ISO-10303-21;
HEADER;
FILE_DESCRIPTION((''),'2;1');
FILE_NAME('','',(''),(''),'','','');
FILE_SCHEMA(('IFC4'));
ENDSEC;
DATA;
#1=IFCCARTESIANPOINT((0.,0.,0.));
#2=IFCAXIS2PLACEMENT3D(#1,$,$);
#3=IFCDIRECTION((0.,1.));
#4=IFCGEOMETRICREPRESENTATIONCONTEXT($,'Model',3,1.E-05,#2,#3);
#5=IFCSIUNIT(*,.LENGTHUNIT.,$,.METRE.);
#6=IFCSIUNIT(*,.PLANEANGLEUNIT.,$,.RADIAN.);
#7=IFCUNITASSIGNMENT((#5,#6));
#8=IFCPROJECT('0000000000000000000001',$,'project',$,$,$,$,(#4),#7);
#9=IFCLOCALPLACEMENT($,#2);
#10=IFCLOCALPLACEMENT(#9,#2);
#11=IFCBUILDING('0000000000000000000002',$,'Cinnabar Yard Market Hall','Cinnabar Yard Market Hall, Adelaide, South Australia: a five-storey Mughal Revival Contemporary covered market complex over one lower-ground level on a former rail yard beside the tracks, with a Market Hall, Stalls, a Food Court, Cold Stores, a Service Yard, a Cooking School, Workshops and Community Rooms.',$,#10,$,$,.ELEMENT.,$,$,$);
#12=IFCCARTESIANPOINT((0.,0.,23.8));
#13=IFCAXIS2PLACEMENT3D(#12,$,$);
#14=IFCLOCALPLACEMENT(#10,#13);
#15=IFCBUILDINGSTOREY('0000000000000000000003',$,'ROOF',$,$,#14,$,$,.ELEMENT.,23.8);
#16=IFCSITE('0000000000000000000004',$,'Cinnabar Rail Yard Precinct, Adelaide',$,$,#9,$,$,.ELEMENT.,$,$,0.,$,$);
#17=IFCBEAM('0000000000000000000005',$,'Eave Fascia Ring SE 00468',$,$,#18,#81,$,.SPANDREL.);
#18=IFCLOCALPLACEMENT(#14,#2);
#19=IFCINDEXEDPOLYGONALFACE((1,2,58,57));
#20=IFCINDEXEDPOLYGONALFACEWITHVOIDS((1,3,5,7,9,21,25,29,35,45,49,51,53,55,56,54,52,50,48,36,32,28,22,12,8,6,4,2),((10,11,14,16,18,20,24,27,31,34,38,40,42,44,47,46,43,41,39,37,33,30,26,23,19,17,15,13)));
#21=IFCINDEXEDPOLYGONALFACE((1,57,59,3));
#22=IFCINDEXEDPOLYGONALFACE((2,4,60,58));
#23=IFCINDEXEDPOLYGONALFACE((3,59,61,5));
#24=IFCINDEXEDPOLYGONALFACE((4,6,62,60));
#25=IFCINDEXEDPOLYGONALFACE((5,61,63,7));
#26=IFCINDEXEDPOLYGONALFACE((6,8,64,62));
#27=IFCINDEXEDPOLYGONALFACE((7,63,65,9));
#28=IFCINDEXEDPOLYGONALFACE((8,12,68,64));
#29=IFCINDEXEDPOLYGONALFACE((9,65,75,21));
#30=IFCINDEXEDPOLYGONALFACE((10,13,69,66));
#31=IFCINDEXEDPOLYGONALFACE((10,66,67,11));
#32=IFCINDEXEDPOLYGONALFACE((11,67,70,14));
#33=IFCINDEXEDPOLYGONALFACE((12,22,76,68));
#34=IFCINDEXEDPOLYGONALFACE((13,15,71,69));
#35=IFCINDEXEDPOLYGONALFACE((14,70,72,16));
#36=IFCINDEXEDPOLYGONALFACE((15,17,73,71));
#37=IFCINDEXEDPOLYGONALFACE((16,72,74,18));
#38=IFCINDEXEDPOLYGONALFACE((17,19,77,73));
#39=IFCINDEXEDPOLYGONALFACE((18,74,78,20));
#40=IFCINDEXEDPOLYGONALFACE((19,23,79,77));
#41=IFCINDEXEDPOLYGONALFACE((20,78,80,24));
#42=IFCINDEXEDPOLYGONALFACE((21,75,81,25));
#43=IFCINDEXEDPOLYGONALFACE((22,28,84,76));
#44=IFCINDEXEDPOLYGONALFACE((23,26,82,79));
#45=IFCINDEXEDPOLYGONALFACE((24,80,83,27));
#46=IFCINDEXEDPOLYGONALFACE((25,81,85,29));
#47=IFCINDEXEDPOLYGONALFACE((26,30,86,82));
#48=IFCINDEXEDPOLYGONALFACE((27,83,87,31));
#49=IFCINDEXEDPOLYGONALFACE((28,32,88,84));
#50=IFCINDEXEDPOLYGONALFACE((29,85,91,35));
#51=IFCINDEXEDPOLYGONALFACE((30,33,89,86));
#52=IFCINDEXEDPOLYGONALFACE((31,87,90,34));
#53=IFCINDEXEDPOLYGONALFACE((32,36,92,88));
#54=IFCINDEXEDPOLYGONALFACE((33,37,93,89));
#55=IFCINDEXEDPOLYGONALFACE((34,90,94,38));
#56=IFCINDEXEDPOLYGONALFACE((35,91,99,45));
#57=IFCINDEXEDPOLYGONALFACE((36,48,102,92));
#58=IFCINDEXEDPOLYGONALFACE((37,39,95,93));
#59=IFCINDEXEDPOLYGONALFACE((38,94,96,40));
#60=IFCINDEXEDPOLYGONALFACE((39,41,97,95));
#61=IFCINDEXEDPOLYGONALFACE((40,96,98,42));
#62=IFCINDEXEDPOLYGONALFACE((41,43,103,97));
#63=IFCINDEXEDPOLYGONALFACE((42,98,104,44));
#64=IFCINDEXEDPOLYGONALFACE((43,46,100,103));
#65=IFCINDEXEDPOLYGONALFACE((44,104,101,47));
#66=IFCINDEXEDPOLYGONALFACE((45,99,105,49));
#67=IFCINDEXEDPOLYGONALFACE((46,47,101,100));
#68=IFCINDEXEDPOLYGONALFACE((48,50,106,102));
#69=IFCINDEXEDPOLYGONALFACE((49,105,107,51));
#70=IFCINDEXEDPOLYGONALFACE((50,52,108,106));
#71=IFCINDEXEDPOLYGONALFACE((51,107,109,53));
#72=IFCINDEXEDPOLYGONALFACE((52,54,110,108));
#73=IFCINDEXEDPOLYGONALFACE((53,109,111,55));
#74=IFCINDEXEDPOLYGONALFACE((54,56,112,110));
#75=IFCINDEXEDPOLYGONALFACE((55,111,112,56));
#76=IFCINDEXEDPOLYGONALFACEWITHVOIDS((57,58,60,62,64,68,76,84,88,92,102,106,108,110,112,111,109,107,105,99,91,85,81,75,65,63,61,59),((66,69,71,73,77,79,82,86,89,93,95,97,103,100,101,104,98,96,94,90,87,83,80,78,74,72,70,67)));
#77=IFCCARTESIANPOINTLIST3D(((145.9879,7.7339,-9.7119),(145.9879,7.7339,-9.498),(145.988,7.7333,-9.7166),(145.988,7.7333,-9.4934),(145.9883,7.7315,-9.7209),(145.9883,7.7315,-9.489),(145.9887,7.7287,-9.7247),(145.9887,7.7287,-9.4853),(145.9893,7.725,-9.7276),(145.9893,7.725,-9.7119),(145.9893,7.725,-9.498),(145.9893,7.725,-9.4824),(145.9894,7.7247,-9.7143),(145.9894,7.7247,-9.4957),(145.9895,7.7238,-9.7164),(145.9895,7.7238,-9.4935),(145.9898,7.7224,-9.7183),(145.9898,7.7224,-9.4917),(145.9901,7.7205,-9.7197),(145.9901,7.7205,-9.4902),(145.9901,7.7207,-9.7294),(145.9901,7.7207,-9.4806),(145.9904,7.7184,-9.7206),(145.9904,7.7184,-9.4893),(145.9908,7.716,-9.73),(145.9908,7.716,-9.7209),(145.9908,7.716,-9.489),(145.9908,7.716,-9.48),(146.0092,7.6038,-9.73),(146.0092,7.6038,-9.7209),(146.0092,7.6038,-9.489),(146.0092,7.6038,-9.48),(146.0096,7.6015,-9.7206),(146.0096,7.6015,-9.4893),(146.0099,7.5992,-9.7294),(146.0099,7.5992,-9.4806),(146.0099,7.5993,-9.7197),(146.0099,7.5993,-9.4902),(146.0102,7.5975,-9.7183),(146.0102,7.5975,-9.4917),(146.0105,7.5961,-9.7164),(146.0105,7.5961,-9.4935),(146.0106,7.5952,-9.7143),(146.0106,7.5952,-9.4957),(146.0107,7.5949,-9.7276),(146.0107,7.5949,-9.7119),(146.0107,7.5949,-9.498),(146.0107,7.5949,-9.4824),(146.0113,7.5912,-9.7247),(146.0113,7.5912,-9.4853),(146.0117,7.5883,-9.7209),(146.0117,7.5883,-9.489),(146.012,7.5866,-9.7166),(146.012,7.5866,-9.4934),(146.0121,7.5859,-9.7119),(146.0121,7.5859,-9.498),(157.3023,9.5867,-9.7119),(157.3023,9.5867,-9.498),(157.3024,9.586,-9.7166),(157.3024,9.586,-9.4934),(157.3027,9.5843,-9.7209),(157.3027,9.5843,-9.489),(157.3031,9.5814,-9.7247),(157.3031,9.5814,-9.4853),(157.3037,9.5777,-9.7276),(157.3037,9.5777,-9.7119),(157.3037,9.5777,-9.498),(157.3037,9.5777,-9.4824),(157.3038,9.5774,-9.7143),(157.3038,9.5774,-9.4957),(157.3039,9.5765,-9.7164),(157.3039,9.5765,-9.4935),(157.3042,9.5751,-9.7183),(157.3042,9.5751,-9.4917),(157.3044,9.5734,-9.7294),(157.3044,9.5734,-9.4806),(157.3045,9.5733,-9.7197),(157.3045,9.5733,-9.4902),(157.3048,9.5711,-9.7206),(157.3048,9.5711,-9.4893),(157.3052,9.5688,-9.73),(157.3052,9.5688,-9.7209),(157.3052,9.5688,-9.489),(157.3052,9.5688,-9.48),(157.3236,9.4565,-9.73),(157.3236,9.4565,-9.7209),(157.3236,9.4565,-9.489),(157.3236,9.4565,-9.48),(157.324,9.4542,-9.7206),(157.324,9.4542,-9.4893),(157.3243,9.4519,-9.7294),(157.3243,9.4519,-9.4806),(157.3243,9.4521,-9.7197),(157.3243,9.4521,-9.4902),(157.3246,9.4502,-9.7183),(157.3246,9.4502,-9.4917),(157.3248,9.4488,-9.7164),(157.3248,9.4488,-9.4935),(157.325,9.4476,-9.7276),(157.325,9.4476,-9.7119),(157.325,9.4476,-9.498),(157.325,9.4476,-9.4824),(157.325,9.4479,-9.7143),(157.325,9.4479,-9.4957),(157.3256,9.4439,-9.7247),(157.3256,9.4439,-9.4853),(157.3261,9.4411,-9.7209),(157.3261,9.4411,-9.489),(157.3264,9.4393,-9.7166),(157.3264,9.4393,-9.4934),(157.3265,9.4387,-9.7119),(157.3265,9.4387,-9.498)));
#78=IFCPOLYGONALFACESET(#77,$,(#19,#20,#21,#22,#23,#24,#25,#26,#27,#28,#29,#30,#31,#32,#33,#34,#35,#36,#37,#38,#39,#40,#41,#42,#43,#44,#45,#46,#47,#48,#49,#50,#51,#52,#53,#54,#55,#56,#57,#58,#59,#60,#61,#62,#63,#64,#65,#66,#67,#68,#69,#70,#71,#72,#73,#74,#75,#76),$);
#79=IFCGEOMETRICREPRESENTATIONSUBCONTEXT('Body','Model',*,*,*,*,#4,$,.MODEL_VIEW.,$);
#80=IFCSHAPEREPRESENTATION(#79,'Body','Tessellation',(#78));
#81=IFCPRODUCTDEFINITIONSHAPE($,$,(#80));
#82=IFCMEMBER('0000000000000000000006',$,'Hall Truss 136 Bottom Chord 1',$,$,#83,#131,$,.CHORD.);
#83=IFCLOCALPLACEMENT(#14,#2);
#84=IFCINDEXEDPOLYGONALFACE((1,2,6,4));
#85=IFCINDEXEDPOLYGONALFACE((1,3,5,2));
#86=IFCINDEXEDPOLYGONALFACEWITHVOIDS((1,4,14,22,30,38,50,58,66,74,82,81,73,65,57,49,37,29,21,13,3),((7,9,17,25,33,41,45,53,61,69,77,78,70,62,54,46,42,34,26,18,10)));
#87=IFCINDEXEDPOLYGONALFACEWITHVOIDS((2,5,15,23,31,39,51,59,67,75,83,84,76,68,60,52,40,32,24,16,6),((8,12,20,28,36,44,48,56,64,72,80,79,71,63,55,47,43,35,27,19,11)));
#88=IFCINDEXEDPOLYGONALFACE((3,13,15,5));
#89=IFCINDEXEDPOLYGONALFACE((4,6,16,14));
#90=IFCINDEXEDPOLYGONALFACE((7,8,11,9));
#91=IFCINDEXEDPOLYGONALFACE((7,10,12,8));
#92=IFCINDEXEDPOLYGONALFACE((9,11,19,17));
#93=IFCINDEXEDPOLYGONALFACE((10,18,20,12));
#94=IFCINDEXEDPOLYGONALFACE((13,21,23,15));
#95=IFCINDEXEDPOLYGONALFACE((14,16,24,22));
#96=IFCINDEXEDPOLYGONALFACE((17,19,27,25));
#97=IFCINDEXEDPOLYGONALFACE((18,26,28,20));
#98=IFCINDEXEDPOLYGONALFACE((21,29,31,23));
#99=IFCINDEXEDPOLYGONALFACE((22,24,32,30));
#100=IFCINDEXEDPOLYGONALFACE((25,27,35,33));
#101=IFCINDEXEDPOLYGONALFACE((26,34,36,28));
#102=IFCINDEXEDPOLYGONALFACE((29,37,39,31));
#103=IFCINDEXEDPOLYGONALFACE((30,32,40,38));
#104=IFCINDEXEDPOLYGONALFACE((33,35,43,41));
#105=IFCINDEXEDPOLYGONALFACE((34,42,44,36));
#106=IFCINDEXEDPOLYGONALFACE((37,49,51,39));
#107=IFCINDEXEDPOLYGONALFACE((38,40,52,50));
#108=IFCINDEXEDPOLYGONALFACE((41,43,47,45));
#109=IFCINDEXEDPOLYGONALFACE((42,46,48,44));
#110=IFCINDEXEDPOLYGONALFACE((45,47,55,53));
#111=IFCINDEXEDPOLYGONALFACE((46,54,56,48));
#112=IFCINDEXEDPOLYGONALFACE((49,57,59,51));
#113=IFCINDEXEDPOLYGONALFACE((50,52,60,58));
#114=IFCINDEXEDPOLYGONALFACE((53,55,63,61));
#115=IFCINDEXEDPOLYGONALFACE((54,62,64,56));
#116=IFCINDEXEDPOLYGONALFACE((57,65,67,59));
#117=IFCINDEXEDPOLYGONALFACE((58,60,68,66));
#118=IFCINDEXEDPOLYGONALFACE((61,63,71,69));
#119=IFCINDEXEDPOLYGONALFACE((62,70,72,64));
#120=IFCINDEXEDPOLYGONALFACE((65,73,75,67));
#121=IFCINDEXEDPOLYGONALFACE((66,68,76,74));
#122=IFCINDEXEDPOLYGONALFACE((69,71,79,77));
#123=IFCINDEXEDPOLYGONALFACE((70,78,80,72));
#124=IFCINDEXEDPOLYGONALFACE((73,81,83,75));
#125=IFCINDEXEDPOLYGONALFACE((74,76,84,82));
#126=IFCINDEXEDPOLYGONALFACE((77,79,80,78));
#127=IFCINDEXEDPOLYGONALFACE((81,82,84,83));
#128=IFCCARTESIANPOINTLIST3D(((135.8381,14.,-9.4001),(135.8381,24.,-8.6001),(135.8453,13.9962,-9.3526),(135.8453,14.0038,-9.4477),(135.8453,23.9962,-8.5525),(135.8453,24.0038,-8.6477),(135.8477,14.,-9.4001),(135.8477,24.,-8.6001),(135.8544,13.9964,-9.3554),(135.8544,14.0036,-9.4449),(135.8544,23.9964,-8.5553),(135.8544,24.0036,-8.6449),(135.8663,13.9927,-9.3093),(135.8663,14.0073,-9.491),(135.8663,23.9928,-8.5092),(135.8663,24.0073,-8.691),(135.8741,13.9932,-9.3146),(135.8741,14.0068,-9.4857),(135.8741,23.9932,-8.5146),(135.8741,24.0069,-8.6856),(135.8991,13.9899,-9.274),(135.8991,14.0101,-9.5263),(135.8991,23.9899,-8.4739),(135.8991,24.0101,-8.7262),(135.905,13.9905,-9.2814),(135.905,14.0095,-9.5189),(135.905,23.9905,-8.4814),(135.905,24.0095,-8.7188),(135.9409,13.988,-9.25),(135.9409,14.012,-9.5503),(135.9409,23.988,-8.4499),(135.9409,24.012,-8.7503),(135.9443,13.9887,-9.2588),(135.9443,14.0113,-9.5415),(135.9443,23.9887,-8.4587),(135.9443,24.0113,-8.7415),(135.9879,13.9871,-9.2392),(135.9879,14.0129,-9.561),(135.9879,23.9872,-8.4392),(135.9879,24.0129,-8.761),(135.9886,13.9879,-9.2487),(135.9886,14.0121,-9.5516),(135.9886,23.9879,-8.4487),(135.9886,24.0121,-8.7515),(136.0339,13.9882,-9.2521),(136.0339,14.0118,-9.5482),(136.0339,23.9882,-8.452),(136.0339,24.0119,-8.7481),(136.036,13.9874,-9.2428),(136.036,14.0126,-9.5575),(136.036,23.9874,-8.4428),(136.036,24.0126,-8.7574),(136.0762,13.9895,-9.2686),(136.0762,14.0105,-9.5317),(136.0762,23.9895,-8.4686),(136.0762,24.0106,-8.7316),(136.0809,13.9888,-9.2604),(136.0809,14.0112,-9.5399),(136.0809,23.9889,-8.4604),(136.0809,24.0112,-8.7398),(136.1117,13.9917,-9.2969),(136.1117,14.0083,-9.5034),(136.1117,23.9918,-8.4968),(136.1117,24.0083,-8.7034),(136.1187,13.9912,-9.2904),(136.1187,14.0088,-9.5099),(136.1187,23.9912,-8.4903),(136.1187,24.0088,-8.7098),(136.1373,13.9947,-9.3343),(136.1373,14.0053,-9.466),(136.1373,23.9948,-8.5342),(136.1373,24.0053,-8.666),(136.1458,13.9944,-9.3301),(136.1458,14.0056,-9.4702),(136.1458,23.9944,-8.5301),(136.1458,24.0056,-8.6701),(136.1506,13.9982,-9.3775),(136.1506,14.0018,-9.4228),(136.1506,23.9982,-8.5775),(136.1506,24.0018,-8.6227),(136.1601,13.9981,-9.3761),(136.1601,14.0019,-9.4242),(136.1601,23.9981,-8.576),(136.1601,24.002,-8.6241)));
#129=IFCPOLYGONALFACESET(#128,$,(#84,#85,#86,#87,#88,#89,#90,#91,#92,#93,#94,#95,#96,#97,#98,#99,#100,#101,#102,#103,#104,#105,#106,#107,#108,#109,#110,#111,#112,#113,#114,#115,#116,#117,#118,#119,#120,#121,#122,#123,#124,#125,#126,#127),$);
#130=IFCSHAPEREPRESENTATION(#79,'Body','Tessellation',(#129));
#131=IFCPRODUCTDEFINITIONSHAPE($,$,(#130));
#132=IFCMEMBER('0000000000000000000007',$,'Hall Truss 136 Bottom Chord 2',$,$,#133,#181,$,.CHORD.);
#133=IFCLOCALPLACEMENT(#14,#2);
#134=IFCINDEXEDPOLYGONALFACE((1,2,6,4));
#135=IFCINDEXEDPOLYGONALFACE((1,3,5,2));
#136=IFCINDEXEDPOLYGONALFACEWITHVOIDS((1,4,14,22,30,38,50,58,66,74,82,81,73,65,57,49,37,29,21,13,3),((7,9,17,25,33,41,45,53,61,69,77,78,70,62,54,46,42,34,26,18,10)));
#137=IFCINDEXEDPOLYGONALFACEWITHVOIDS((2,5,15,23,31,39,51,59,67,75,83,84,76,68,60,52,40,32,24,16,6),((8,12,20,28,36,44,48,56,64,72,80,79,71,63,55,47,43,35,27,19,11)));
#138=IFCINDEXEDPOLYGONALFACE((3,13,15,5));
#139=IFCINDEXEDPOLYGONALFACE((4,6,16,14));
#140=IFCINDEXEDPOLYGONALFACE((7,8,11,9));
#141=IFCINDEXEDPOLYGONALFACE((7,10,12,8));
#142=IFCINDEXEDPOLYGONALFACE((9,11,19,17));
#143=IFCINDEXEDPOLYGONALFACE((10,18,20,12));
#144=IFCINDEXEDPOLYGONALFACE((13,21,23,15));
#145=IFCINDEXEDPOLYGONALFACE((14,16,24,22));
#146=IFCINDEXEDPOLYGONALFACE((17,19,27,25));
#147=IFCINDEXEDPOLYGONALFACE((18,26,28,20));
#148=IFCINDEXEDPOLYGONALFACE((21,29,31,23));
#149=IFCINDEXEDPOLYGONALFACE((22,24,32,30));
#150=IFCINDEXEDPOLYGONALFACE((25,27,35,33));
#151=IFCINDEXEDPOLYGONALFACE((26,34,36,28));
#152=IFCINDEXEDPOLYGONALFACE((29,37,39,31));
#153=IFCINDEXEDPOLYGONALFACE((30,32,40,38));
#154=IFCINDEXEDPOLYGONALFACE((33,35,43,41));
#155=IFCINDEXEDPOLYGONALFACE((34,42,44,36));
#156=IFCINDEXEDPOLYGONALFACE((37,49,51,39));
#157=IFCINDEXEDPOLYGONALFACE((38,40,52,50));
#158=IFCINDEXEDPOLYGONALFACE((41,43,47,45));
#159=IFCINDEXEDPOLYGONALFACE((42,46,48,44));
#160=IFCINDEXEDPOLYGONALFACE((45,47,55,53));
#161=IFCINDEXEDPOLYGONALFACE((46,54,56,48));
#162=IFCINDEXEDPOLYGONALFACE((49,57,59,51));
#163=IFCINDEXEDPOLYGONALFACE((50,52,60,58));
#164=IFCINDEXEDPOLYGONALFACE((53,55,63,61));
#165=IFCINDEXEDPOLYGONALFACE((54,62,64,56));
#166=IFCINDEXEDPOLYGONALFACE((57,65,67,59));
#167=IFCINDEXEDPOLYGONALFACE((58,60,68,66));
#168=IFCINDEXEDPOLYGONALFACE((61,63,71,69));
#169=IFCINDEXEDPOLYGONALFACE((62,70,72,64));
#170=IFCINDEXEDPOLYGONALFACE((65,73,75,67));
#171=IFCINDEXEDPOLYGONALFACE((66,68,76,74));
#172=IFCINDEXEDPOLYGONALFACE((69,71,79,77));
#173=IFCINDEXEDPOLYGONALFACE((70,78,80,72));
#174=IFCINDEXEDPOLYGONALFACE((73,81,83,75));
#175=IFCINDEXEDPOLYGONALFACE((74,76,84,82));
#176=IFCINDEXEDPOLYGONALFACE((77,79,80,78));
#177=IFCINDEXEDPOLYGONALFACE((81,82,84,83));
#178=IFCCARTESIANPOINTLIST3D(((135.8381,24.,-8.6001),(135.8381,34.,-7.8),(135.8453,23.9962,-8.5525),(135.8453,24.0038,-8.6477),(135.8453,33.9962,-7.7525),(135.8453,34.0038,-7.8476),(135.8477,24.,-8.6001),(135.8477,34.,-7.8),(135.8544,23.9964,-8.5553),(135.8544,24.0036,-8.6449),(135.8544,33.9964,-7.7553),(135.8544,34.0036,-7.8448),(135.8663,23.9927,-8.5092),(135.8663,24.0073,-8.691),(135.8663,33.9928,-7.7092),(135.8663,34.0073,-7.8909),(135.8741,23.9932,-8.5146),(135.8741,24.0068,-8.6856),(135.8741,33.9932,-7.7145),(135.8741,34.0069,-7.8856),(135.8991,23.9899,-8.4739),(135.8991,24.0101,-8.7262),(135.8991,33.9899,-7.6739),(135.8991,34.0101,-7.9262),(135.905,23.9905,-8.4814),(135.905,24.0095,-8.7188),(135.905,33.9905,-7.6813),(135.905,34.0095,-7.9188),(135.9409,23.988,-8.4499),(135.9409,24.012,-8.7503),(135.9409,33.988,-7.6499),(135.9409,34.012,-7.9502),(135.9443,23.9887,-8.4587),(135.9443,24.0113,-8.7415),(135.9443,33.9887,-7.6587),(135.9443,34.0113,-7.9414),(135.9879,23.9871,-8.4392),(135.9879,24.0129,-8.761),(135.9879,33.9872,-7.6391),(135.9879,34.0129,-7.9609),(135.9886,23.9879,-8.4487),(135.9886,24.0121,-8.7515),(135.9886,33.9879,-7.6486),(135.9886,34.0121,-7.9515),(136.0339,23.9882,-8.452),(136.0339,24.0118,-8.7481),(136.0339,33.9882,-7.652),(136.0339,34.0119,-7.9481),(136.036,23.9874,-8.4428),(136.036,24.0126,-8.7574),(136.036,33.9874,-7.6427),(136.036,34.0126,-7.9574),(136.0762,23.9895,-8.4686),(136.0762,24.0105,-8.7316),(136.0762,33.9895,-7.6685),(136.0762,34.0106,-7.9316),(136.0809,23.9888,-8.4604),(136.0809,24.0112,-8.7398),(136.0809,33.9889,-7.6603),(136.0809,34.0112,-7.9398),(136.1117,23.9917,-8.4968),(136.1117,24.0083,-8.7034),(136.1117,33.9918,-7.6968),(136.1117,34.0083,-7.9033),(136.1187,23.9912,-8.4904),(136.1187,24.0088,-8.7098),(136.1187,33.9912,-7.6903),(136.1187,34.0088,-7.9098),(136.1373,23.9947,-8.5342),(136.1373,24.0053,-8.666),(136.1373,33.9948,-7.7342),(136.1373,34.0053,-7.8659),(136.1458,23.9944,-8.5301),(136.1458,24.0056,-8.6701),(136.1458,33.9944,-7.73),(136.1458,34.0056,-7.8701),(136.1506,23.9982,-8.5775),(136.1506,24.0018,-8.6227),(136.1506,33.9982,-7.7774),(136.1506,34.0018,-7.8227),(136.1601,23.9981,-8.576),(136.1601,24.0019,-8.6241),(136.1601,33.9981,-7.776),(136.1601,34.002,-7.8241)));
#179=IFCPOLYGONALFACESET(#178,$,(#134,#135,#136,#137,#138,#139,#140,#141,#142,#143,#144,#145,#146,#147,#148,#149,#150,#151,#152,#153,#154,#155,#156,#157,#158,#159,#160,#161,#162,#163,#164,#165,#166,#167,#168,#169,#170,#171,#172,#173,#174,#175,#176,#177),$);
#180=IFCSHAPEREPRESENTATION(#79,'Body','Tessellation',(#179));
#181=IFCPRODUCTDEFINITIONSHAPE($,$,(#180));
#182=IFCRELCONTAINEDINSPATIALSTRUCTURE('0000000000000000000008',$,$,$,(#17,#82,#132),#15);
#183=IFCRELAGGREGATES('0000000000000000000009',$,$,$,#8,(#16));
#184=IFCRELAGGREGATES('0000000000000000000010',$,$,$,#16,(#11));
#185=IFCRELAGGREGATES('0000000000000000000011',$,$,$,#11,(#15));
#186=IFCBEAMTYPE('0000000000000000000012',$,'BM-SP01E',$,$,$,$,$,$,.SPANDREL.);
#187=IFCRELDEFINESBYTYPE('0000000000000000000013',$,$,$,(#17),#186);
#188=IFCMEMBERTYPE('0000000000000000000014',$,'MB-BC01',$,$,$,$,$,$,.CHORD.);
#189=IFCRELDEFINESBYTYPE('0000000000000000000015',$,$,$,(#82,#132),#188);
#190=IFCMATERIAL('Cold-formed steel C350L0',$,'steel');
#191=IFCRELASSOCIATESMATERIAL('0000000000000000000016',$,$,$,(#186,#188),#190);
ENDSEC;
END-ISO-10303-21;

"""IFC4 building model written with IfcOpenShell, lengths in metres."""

from ifc_helpers import new_model, si_unit, direction, frame, origin, origin_2d_with_axis, place, context, subcontext, project, spatial, hollow_rectangle, hollow_circle, extrude, material, material_profile, profile_set, type_object, element, save


model = new_model("IFC4")

# Units and contexts
model_context = context("Model", 3, precision=1e-05, world=origin(), true_north=direction((0.0, 1.0)))
body_context = subcontext(model_context, "Body", "Model", "MODEL_VIEW")
ifc_project = project(units=[si_unit("LENGTHUNIT", "METRE"), si_unit("PLANEANGLEUNIT", "RADIAN")], contexts=[model_context])

# Site, building, storey
site_placement = place(None, origin())
site = spatial("IfcSite", under=ifc_project, at=site_placement, Name="Cinnabar Rail Yard Precinct, Adelaide", CompositionType="ELEMENT", RefElevation=0.0)
building_placement = place(site_placement, origin())
building = spatial("IfcBuilding", under=site, at=building_placement, Name="Cinnabar Yard Market Hall", Description="Cinnabar Yard Market Hall, Adelaide, South Australia: a five-storey Mughal Revival Contemporary covered market complex over one lower-ground level on a former rail yard beside the tracks, with a Market Hall, Stalls, a Food Court, Cold Stores, a Service Yard, a Cooking School, Workshops and Community Rooms.", CompositionType="ELEMENT")
storey_placement = place(building_placement, frame((0.0, 0.0, 23.8)))
storey = spatial("IfcBuildingStorey", under=building, at=storey_placement, Name="ROOF", CompositionType="ELEMENT", Elevation=23.8)

# Beam
ifc_material_1 = material(Name="Cold-formed steel C350L0", Category="steel")
ifc_material_profile_1 = material_profile(ifc_material_1, hollow_rectangle(XDim=0.1499, YDim=0.25, WallThickness=0.009, InnerFilletRadius=0.009, OuterFilletRadius=0.0181, at=origin_2d_with_axis()), Name="250x150x9.0RHS")
ifc_profile_set_1 = profile_set([ifc_material_profile_1], Name="Cold-formed steel C350L0")
beam_type_1 = type_object("IfcBeamType", Name="BM-SP01E", PredefinedType="SPANDREL", material=ifc_profile_set_1)
beam_1_placement = place(storey_placement, frame((146.0, 7.6599, -9.605), z_axis=(0.986856, 0.161601, 0.0), x_axis=(-0.161601, 0.986856, 0.0)))
element("IfcBeam", 1, at=beam_1_placement, inside=storey, type_object=beam_type_1, Name="Eave Fascia Ring SE 00468", PredefinedType="SPANDREL", context=body_context, shape_type="SweptSolid", body=[
    extrude(hollow_rectangle(XDim=0.1499, YDim=0.25, WallThickness=0.009, InnerFilletRadius=0.009, OuterFilletRadius=0.0181, at=origin_2d_with_axis()), origin(), (0.0, 0.0, 1.0), 11.4651),
])

# Members
ifc_material_profile_2 = material_profile(ifc_material_1, hollow_circle(Radius=0.1619, WallThickness=0.0095, at=origin_2d_with_axis()), Name="323.9x9.5CHS")
ifc_profile_set_2 = profile_set([ifc_material_profile_2], Name="Cold-formed steel C350L0")
member_type_1 = type_object("IfcMemberType", Name="MB-BC01", PredefinedType="CHORD", material=ifc_profile_set_2)
for number, where, z_axis, x_axis, name in (
    (2, (136.0, 14.0, -9.4001), (0.0, 0.996815, 0.07975), (-1.0, 0.0, 0.0), "Hall Truss 136 Bottom Chord 1"),
    (3, (136.0, 24.0, -8.6001), (0.0, 0.996815, 0.07975), (-1.0, 0.0, 0.0), "Hall Truss 136 Bottom Chord 2"),
):
    element("IfcMember", number, at=place(storey_placement, frame(where, z_axis=z_axis, x_axis=x_axis)), inside=storey, type_object=member_type_1, Name=name, PredefinedType="CHORD", context=body_context, shape_type="SweptSolid", body=[
        extrude(hollow_circle(Radius=0.1619, WallThickness=0.0095, at=origin_2d_with_axis()), origin(), (0.0, 0.0, 1.0), 10.032),
    ])

save(model, "model.ifc")
